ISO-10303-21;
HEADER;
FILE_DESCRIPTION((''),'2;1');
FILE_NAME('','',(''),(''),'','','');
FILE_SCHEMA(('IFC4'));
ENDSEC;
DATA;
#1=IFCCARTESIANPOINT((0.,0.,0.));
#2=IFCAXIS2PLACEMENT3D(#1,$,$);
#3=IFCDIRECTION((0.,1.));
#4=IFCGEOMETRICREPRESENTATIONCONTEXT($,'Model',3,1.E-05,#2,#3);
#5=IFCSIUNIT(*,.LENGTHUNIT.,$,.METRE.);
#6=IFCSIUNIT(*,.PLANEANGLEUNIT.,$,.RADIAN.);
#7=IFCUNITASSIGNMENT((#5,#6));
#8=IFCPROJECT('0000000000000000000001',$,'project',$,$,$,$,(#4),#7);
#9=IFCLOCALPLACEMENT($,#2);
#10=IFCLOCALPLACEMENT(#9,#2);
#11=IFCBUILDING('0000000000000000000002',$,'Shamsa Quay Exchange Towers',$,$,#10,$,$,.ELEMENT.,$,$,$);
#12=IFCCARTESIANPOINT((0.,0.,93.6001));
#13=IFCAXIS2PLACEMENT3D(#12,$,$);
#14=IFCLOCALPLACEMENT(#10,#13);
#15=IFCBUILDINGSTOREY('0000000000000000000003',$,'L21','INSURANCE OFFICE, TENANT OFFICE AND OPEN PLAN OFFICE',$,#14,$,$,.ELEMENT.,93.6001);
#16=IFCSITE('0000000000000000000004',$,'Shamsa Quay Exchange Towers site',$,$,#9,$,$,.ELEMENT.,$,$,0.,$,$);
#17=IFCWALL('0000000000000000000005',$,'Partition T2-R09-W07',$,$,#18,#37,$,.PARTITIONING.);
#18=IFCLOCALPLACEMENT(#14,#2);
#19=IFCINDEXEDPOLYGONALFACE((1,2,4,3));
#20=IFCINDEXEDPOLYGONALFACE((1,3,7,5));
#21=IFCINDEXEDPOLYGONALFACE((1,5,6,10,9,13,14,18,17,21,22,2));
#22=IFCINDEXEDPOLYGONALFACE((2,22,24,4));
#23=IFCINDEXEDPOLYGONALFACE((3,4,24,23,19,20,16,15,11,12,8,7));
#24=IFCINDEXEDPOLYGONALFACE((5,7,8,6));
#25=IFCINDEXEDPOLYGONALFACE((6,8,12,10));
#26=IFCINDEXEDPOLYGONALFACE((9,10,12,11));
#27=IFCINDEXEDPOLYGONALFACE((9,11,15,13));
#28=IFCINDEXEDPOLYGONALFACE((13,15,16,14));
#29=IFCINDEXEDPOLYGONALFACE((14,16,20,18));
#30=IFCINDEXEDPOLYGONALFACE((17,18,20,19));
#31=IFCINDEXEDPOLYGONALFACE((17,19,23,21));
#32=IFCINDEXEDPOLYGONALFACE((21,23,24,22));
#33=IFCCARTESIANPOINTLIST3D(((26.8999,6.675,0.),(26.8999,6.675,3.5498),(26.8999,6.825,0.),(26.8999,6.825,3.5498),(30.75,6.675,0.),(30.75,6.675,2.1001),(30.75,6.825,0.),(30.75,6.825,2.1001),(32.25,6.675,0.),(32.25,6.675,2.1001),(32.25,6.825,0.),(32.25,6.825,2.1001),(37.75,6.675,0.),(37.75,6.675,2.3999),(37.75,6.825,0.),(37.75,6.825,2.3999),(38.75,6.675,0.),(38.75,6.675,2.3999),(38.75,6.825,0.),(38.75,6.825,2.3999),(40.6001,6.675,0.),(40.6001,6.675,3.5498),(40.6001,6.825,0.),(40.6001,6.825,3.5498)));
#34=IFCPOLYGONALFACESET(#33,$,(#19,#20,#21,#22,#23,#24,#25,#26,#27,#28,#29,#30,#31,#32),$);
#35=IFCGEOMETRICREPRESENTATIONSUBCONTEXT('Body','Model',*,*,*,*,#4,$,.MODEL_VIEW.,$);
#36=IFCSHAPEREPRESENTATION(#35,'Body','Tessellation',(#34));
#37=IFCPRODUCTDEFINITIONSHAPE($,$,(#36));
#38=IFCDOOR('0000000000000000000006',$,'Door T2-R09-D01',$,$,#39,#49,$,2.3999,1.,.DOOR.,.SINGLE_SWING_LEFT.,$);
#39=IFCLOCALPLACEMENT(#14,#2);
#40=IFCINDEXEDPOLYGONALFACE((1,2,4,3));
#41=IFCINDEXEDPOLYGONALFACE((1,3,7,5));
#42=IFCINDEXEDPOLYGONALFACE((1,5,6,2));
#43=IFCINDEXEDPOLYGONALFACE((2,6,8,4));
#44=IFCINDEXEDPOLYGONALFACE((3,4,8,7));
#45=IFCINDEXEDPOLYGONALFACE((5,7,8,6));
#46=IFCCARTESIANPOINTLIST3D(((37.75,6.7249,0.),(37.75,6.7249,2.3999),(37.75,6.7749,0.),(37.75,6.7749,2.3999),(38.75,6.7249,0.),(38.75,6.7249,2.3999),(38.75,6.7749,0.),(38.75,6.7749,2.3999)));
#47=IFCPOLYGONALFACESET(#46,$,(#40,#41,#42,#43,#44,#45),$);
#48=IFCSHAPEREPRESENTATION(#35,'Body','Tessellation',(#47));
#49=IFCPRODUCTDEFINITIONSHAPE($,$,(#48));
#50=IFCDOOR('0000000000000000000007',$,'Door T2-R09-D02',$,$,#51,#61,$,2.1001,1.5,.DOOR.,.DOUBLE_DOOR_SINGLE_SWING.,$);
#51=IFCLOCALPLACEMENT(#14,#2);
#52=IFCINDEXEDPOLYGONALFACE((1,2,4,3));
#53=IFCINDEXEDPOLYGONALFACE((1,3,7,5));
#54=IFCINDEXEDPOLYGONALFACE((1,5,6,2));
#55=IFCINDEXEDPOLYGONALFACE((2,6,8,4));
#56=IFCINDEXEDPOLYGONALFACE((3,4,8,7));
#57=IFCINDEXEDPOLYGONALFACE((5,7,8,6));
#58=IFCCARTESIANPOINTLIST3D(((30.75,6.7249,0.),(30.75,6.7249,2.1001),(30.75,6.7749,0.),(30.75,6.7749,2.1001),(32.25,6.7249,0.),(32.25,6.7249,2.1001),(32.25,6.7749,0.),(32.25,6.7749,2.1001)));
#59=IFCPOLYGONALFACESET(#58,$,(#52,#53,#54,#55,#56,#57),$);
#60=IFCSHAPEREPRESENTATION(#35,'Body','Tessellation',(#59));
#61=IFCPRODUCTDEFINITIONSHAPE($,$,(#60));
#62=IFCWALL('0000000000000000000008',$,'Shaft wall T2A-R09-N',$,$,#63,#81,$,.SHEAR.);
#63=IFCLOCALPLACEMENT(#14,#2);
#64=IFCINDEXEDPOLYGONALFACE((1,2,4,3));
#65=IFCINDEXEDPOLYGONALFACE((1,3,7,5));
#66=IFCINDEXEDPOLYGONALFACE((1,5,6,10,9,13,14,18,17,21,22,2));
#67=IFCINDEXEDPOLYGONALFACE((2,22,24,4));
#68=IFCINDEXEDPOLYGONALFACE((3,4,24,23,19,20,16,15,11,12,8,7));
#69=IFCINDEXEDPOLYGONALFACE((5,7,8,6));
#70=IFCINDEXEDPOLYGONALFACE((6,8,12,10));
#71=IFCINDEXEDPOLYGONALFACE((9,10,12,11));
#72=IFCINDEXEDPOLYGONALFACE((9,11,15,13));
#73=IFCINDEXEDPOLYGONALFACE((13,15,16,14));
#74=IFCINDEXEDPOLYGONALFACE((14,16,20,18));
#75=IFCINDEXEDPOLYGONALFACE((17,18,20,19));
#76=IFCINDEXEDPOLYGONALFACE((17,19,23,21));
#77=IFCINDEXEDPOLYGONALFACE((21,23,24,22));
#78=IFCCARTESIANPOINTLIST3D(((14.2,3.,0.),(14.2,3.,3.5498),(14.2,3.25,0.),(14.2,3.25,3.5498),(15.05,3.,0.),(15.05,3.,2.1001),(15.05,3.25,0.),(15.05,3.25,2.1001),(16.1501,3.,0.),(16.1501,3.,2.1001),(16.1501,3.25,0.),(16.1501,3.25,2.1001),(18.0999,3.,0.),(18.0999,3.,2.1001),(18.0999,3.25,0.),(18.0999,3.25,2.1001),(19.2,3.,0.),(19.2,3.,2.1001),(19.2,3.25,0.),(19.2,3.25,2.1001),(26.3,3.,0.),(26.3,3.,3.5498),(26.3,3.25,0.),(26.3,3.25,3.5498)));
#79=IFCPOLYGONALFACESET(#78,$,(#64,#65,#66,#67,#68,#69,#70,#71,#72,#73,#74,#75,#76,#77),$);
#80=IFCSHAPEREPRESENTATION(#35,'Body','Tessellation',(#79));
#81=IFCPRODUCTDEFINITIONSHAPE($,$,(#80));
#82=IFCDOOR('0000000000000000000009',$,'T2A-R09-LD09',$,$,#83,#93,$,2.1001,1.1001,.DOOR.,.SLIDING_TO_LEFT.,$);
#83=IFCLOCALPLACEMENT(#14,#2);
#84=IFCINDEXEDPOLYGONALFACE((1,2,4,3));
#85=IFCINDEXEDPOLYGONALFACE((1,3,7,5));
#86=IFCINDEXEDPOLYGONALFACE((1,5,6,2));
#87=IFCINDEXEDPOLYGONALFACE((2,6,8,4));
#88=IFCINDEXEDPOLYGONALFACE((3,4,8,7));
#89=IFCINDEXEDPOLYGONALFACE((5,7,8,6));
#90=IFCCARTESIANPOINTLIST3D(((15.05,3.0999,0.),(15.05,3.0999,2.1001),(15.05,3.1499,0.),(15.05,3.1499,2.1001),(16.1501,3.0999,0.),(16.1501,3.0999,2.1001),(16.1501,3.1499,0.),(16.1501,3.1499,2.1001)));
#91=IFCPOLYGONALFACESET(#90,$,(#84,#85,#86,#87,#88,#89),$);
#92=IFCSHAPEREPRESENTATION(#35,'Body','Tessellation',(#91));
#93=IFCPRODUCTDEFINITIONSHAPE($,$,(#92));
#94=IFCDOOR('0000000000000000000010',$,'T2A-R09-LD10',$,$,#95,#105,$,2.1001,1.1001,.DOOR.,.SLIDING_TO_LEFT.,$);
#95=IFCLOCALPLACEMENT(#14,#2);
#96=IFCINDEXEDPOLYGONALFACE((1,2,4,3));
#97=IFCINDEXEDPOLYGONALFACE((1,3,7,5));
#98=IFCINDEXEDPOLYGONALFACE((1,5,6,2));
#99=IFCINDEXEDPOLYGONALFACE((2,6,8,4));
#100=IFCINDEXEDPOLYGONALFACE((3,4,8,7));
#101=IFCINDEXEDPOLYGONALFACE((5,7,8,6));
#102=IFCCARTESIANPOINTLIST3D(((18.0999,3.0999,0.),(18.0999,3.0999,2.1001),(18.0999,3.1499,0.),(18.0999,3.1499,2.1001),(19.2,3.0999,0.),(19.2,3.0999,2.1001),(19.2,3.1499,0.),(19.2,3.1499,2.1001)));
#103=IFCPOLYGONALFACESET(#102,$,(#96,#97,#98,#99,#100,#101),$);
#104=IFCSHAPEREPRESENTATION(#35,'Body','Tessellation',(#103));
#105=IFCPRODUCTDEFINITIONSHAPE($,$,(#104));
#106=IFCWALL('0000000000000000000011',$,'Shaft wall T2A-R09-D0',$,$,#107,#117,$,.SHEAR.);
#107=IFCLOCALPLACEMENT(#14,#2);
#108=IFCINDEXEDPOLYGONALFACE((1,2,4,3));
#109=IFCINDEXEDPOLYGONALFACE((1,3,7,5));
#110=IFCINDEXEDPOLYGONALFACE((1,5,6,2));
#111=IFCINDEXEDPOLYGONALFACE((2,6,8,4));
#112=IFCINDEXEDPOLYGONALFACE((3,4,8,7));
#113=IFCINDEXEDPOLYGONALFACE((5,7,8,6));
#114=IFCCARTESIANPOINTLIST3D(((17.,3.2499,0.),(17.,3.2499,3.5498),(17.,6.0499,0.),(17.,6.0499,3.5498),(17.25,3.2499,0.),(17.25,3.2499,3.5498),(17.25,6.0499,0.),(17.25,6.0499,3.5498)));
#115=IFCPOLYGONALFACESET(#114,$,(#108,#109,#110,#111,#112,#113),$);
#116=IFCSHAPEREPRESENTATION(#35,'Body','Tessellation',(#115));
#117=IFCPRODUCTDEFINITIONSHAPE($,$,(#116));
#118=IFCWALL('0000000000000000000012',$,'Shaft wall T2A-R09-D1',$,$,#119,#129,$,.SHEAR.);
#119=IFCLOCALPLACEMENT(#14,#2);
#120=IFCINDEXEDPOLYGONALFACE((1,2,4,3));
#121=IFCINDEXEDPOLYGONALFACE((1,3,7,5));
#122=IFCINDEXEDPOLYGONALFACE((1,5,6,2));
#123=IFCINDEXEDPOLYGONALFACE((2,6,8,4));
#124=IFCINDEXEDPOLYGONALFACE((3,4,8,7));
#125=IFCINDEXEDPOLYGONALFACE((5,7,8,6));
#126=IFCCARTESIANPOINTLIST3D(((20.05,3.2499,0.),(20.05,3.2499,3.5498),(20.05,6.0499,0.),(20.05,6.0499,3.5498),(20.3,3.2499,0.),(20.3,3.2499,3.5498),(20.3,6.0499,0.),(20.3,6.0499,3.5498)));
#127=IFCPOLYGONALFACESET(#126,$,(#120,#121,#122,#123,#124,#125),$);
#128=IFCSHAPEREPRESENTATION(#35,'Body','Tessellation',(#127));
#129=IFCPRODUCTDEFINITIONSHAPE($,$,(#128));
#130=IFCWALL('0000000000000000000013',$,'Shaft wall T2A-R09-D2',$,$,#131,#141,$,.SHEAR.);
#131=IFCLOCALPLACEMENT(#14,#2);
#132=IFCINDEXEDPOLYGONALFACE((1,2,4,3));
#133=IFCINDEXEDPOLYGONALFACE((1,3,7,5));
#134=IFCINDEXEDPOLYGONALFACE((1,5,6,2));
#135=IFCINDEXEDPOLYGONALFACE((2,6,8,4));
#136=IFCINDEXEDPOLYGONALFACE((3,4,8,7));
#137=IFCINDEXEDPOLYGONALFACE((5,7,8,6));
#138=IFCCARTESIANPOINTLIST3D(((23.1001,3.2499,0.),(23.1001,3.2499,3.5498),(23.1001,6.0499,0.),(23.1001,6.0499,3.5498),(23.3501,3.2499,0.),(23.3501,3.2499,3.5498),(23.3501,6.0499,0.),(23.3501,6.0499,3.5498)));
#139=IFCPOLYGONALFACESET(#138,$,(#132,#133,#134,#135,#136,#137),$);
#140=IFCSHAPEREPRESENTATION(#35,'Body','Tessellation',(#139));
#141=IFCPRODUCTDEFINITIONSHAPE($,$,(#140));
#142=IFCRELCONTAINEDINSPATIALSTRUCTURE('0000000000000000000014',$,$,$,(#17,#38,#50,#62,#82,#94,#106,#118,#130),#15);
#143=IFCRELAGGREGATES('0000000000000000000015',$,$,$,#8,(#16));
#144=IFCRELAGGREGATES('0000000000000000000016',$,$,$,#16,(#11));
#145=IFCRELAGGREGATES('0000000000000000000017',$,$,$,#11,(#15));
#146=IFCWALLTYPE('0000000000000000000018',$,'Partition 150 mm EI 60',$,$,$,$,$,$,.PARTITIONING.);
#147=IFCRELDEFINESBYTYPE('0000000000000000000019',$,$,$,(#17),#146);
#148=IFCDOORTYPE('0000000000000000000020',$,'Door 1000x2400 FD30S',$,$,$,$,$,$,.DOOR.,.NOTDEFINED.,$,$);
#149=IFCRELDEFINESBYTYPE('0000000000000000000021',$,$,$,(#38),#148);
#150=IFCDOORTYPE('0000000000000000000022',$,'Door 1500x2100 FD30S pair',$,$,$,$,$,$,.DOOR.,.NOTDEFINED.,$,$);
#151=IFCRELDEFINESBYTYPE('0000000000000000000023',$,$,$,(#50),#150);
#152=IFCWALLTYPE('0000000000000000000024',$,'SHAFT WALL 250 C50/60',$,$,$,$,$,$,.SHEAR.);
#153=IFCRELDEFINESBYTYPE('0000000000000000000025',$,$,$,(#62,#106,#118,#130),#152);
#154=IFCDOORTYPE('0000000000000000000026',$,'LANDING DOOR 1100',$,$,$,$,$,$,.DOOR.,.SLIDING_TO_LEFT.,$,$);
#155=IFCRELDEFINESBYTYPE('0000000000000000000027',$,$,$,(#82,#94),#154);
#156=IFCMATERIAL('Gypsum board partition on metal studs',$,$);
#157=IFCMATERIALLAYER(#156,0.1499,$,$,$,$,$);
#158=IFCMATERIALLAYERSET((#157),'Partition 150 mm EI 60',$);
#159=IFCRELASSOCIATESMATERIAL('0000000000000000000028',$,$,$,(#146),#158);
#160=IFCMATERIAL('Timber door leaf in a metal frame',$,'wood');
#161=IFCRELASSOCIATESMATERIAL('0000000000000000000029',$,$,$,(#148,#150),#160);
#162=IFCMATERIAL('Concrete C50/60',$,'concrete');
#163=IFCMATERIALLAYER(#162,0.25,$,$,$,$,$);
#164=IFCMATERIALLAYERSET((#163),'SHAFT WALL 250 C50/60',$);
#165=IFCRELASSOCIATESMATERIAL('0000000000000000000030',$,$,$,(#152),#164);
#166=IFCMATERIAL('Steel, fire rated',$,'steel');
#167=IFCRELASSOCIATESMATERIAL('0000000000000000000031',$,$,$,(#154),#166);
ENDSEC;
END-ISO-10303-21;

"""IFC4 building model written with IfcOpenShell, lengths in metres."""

from ifc_helpers import new_model, si_unit, direction, frame, frame_2d, origin, place, context, subcontext, project, spatial, rectangle, extrude, material, layer, layer_set, type_object, element, fill, save


model = new_model("IFC4")

# Units and contexts
model_context = context("Model", 3, precision=1e-05, world=origin(), true_north=direction((0.0, 1.0)))
body_context = subcontext(model_context, "Body", "Model", "MODEL_VIEW")
ifc_project = project(units=[si_unit("LENGTHUNIT", "METRE"), si_unit("PLANEANGLEUNIT", "RADIAN")], contexts=[model_context])

# Site, building, storey
site_placement = place(None, origin())
site = spatial("IfcSite", under=ifc_project, at=site_placement, Name="Shamsa Quay Exchange Towers site", CompositionType="ELEMENT", RefElevation=0.0)
building_placement = place(site_placement, origin())
building = spatial("IfcBuilding", under=site, at=building_placement, Name="Shamsa Quay Exchange Towers", CompositionType="ELEMENT")
storey_placement = place(building_placement, frame((0.0, 0.0, 93.6001)))
storey = spatial("IfcBuildingStorey", under=building, at=storey_placement, Name="L21", Description="INSURANCE OFFICE, TENANT OFFICE AND OPEN PLAN OFFICE", CompositionType="ELEMENT", Elevation=93.6001)

# Walls, openings, doors
ifc_material_1 = material(Name="Steel, fire rated", Category="steel")
ifc_material_2 = material(Name="Gypsum board partition on metal studs")
ifc_layer_1 = layer(ifc_material_2, 0.1499)
ifc_layer_set_1 = layer_set([ifc_layer_1], Name="Partition 150 mm EI 60")
wall_type_1 = type_object("IfcWallType", Name="Partition 150 mm EI 60", PredefinedType="PARTITIONING", material=ifc_layer_set_1)
wall_1_placement = place(storey_placement, frame((26.8999, 6.75, 0.0)))
wall_1 = element("IfcWall", 1, at=wall_1_placement, inside=storey, type_object=wall_type_1, Name="Partition T2-R09-W07", PredefinedType="PARTITIONING", context=body_context, shape_type="SweptSolid", body=[
    extrude(rectangle(XDim=13.7002, YDim=0.1499, at=frame_2d((6.8501, 0.0))), origin(), (0.0, 0.0, 1.0), 3.5498),
])
opening_1_placement = place(wall_1_placement, frame((10.8501, 0.0, 0.0)))
opening_1 = element("IfcOpeningElement", 2, at=opening_1_placement, cuts=wall_1, PredefinedType="OPENING", context=body_context, shape_type="SweptSolid", body=[
    extrude(rectangle(XDim=1.0, YDim=2.3999, at=frame_2d((0.5, 1.2))), frame((0.0, 0.085, 0.0), z_axis=(0.0, -1.0, 0.0), x_axis=(1.0, 0.0, 0.0)), (0.0, 0.0, 1.0), 0.1699),
])
opening_2_placement = place(wall_1_placement, frame((3.8501, 0.0, 0.0)))
opening_2 = element("IfcOpeningElement", 3, at=opening_2_placement, cuts=wall_1, PredefinedType="OPENING", context=body_context, shape_type="SweptSolid", body=[
    extrude(rectangle(XDim=1.5, YDim=2.1001, at=frame_2d((0.75, 1.05))), frame((0.0, 0.085, 0.0), z_axis=(0.0, -1.0, 0.0), x_axis=(1.0, 0.0, 0.0)), (0.0, 0.0, 1.0), 0.1699),
])
ifc_material_3 = material(Name="Timber door leaf in a metal frame", Category="wood")
door_type_1 = type_object("IfcDoorType", Name="Door 1000x2400 FD30S", OperationType="NOTDEFINED", PredefinedType="DOOR", material=ifc_material_3)
door_1_placement = place(opening_1_placement, origin())
door_1 = element("IfcDoor", 4, at=door_1_placement, inside=storey, type_object=door_type_1, Name="Door T2-R09-D01", OperationType="SINGLE_SWING_LEFT", OverallHeight=2.3999, OverallWidth=1.0, PredefinedType="DOOR", context=body_context, shape_type="SweptSolid", body=[
    extrude(rectangle(XDim=1.0, YDim=2.3999, at=frame_2d((0.5, 1.2))), frame((0.0, 0.0249, 0.0), z_axis=(0.0, -1.0, 0.0), x_axis=(1.0, 0.0, 0.0)), (0.0, 0.0, 1.0), 0.05),
])
fill(opening_1, door_1)
door_type_2 = type_object("IfcDoorType", Name="Door 1500x2100 FD30S pair", OperationType="NOTDEFINED", PredefinedType="DOOR", material=ifc_material_3)
door_2_placement = place(opening_2_placement, origin())
door_2 = element("IfcDoor", 5, at=door_2_placement, inside=storey, type_object=door_type_2, Name="Door T2-R09-D02", OperationType="DOUBLE_DOOR_SINGLE_SWING", OverallHeight=2.1001, OverallWidth=1.5, PredefinedType="DOOR", context=body_context, shape_type="SweptSolid", body=[
    extrude(rectangle(XDim=1.5, YDim=2.1001, at=frame_2d((0.75, 1.05))), frame((0.0, 0.0249, 0.0), z_axis=(0.0, -1.0, 0.0), x_axis=(1.0, 0.0, 0.0)), (0.0, 0.0, 1.0), 0.05),
])
fill(opening_2, door_2)
ifc_material_4 = material(Name="Concrete C50/60", Category="concrete")
ifc_layer_2 = layer(ifc_material_4, 0.25)
ifc_layer_set_2 = layer_set([ifc_layer_2], Name="SHAFT WALL 250 C50/60")
wall_type_2 = type_object("IfcWallType", Name="SHAFT WALL 250 C50/60", PredefinedType="SHEAR", material=ifc_layer_set_2)
wall_2_placement = place(storey_placement, frame((14.2, 3.125, 0.0)))
wall_2 = element("IfcWall", 6, at=wall_2_placement, inside=storey, type_object=wall_type_2, Name="Shaft wall T2A-R09-N", PredefinedType="SHEAR", context=body_context, shape_type="SweptSolid", body=[
    extrude(rectangle(XDim=12.1001, YDim=0.25, at=frame_2d((6.05, 0.0))), origin(), (0.0, 0.0, 1.0), 3.5498),
])
opening_3_placement = place(wall_2_placement, frame((0.8501, 0.0, 0.0)))
opening_3 = element("IfcOpeningElement", 7, at=opening_3_placement, cuts=wall_2, PredefinedType="OPENING", context=body_context, shape_type="SweptSolid", body=[
    extrude(rectangle(XDim=1.1001, YDim=2.1001, at=frame_2d((0.55, 1.05))), frame((0.0, 0.135, 0.0), z_axis=(0.0, -1.0, 0.0), x_axis=(1.0, 0.0, 0.0)), (0.0, 0.0, 1.0), 0.27),
])
opening_4_placement = place(wall_2_placement, frame((3.8999, 0.0, 0.0)))
opening_4 = element("IfcOpeningElement", 8, at=opening_4_placement, cuts=wall_2, PredefinedType="OPENING", context=body_context, shape_type="SweptSolid", body=[
    extrude(rectangle(XDim=1.1001, YDim=2.1001, at=frame_2d((0.55, 1.05))), frame((0.0, 0.135, 0.0), z_axis=(0.0, -1.0, 0.0), x_axis=(1.0, 0.0, 0.0)), (0.0, 0.0, 1.0), 0.27),
])
door_type_3 = type_object("IfcDoorType", Name="LANDING DOOR 1100", OperationType="SLIDING_TO_LEFT", PredefinedType="DOOR", material=ifc_material_1)
door_3_placement = place(opening_3_placement, origin())
door_3 = element("IfcDoor", 9, at=door_3_placement, inside=storey, type_object=door_type_3, Name="T2A-R09-LD09", OperationType="SLIDING_TO_LEFT", OverallHeight=2.1001, OverallWidth=1.1001, PredefinedType="DOOR", context=body_context, shape_type="SweptSolid", body=[
    extrude(rectangle(XDim=1.1001, YDim=2.1001, at=frame_2d((0.55, 1.05))), frame((0.0, 0.0249, 0.0), z_axis=(0.0, -1.0, 0.0), x_axis=(1.0, 0.0, 0.0)), (0.0, 0.0, 1.0), 0.05),
])
fill(opening_3, door_3)
door_4_placement = place(opening_4_placement, origin())
door_4 = element("IfcDoor", 10, at=door_4_placement, inside=storey, type_object=door_type_3, Name="T2A-R09-LD10", OperationType="SLIDING_TO_LEFT", OverallHeight=2.1001, OverallWidth=1.1001, PredefinedType="DOOR", context=body_context, shape_type="SweptSolid", body=[
    extrude(rectangle(XDim=1.1001, YDim=2.1001, at=frame_2d((0.55, 1.05))), frame((0.0, 0.0249, 0.0), z_axis=(0.0, -1.0, 0.0), x_axis=(1.0, 0.0, 0.0)), (0.0, 0.0, 1.0), 0.05),
])
fill(opening_4, door_4)

# Walls
for number, where, z_axis, x_axis, name in (
    (11, (17.125, 3.25, 0.0), (0.0, 0.0, 1.0), (0.0, 1.0, 0.0), "Shaft wall T2A-R09-D0"),
    (12, (20.175, 3.25, 0.0), (0.0, 0.0, 1.0), (0.0, 1.0, 0.0), "Shaft wall T2A-R09-D1"),
    (13, (23.2251, 3.25, 0.0), (0.0, 0.0, 1.0), (0.0, 1.0, 0.0), "Shaft wall T2A-R09-D2"),
):
    element("IfcWall", number, at=place(storey_placement, frame(where, z_axis=z_axis, x_axis=x_axis)), inside=storey, type_object=wall_type_2, Name=name, PredefinedType="SHEAR", context=body_context, shape_type="SweptSolid", body=[
        extrude(rectangle(XDim=2.8, YDim=0.25, at=frame_2d((1.3999, 0.0))), origin(), (0.0, 0.0, 1.0), 3.5498),
    ])

save(model, "model.ifc")
